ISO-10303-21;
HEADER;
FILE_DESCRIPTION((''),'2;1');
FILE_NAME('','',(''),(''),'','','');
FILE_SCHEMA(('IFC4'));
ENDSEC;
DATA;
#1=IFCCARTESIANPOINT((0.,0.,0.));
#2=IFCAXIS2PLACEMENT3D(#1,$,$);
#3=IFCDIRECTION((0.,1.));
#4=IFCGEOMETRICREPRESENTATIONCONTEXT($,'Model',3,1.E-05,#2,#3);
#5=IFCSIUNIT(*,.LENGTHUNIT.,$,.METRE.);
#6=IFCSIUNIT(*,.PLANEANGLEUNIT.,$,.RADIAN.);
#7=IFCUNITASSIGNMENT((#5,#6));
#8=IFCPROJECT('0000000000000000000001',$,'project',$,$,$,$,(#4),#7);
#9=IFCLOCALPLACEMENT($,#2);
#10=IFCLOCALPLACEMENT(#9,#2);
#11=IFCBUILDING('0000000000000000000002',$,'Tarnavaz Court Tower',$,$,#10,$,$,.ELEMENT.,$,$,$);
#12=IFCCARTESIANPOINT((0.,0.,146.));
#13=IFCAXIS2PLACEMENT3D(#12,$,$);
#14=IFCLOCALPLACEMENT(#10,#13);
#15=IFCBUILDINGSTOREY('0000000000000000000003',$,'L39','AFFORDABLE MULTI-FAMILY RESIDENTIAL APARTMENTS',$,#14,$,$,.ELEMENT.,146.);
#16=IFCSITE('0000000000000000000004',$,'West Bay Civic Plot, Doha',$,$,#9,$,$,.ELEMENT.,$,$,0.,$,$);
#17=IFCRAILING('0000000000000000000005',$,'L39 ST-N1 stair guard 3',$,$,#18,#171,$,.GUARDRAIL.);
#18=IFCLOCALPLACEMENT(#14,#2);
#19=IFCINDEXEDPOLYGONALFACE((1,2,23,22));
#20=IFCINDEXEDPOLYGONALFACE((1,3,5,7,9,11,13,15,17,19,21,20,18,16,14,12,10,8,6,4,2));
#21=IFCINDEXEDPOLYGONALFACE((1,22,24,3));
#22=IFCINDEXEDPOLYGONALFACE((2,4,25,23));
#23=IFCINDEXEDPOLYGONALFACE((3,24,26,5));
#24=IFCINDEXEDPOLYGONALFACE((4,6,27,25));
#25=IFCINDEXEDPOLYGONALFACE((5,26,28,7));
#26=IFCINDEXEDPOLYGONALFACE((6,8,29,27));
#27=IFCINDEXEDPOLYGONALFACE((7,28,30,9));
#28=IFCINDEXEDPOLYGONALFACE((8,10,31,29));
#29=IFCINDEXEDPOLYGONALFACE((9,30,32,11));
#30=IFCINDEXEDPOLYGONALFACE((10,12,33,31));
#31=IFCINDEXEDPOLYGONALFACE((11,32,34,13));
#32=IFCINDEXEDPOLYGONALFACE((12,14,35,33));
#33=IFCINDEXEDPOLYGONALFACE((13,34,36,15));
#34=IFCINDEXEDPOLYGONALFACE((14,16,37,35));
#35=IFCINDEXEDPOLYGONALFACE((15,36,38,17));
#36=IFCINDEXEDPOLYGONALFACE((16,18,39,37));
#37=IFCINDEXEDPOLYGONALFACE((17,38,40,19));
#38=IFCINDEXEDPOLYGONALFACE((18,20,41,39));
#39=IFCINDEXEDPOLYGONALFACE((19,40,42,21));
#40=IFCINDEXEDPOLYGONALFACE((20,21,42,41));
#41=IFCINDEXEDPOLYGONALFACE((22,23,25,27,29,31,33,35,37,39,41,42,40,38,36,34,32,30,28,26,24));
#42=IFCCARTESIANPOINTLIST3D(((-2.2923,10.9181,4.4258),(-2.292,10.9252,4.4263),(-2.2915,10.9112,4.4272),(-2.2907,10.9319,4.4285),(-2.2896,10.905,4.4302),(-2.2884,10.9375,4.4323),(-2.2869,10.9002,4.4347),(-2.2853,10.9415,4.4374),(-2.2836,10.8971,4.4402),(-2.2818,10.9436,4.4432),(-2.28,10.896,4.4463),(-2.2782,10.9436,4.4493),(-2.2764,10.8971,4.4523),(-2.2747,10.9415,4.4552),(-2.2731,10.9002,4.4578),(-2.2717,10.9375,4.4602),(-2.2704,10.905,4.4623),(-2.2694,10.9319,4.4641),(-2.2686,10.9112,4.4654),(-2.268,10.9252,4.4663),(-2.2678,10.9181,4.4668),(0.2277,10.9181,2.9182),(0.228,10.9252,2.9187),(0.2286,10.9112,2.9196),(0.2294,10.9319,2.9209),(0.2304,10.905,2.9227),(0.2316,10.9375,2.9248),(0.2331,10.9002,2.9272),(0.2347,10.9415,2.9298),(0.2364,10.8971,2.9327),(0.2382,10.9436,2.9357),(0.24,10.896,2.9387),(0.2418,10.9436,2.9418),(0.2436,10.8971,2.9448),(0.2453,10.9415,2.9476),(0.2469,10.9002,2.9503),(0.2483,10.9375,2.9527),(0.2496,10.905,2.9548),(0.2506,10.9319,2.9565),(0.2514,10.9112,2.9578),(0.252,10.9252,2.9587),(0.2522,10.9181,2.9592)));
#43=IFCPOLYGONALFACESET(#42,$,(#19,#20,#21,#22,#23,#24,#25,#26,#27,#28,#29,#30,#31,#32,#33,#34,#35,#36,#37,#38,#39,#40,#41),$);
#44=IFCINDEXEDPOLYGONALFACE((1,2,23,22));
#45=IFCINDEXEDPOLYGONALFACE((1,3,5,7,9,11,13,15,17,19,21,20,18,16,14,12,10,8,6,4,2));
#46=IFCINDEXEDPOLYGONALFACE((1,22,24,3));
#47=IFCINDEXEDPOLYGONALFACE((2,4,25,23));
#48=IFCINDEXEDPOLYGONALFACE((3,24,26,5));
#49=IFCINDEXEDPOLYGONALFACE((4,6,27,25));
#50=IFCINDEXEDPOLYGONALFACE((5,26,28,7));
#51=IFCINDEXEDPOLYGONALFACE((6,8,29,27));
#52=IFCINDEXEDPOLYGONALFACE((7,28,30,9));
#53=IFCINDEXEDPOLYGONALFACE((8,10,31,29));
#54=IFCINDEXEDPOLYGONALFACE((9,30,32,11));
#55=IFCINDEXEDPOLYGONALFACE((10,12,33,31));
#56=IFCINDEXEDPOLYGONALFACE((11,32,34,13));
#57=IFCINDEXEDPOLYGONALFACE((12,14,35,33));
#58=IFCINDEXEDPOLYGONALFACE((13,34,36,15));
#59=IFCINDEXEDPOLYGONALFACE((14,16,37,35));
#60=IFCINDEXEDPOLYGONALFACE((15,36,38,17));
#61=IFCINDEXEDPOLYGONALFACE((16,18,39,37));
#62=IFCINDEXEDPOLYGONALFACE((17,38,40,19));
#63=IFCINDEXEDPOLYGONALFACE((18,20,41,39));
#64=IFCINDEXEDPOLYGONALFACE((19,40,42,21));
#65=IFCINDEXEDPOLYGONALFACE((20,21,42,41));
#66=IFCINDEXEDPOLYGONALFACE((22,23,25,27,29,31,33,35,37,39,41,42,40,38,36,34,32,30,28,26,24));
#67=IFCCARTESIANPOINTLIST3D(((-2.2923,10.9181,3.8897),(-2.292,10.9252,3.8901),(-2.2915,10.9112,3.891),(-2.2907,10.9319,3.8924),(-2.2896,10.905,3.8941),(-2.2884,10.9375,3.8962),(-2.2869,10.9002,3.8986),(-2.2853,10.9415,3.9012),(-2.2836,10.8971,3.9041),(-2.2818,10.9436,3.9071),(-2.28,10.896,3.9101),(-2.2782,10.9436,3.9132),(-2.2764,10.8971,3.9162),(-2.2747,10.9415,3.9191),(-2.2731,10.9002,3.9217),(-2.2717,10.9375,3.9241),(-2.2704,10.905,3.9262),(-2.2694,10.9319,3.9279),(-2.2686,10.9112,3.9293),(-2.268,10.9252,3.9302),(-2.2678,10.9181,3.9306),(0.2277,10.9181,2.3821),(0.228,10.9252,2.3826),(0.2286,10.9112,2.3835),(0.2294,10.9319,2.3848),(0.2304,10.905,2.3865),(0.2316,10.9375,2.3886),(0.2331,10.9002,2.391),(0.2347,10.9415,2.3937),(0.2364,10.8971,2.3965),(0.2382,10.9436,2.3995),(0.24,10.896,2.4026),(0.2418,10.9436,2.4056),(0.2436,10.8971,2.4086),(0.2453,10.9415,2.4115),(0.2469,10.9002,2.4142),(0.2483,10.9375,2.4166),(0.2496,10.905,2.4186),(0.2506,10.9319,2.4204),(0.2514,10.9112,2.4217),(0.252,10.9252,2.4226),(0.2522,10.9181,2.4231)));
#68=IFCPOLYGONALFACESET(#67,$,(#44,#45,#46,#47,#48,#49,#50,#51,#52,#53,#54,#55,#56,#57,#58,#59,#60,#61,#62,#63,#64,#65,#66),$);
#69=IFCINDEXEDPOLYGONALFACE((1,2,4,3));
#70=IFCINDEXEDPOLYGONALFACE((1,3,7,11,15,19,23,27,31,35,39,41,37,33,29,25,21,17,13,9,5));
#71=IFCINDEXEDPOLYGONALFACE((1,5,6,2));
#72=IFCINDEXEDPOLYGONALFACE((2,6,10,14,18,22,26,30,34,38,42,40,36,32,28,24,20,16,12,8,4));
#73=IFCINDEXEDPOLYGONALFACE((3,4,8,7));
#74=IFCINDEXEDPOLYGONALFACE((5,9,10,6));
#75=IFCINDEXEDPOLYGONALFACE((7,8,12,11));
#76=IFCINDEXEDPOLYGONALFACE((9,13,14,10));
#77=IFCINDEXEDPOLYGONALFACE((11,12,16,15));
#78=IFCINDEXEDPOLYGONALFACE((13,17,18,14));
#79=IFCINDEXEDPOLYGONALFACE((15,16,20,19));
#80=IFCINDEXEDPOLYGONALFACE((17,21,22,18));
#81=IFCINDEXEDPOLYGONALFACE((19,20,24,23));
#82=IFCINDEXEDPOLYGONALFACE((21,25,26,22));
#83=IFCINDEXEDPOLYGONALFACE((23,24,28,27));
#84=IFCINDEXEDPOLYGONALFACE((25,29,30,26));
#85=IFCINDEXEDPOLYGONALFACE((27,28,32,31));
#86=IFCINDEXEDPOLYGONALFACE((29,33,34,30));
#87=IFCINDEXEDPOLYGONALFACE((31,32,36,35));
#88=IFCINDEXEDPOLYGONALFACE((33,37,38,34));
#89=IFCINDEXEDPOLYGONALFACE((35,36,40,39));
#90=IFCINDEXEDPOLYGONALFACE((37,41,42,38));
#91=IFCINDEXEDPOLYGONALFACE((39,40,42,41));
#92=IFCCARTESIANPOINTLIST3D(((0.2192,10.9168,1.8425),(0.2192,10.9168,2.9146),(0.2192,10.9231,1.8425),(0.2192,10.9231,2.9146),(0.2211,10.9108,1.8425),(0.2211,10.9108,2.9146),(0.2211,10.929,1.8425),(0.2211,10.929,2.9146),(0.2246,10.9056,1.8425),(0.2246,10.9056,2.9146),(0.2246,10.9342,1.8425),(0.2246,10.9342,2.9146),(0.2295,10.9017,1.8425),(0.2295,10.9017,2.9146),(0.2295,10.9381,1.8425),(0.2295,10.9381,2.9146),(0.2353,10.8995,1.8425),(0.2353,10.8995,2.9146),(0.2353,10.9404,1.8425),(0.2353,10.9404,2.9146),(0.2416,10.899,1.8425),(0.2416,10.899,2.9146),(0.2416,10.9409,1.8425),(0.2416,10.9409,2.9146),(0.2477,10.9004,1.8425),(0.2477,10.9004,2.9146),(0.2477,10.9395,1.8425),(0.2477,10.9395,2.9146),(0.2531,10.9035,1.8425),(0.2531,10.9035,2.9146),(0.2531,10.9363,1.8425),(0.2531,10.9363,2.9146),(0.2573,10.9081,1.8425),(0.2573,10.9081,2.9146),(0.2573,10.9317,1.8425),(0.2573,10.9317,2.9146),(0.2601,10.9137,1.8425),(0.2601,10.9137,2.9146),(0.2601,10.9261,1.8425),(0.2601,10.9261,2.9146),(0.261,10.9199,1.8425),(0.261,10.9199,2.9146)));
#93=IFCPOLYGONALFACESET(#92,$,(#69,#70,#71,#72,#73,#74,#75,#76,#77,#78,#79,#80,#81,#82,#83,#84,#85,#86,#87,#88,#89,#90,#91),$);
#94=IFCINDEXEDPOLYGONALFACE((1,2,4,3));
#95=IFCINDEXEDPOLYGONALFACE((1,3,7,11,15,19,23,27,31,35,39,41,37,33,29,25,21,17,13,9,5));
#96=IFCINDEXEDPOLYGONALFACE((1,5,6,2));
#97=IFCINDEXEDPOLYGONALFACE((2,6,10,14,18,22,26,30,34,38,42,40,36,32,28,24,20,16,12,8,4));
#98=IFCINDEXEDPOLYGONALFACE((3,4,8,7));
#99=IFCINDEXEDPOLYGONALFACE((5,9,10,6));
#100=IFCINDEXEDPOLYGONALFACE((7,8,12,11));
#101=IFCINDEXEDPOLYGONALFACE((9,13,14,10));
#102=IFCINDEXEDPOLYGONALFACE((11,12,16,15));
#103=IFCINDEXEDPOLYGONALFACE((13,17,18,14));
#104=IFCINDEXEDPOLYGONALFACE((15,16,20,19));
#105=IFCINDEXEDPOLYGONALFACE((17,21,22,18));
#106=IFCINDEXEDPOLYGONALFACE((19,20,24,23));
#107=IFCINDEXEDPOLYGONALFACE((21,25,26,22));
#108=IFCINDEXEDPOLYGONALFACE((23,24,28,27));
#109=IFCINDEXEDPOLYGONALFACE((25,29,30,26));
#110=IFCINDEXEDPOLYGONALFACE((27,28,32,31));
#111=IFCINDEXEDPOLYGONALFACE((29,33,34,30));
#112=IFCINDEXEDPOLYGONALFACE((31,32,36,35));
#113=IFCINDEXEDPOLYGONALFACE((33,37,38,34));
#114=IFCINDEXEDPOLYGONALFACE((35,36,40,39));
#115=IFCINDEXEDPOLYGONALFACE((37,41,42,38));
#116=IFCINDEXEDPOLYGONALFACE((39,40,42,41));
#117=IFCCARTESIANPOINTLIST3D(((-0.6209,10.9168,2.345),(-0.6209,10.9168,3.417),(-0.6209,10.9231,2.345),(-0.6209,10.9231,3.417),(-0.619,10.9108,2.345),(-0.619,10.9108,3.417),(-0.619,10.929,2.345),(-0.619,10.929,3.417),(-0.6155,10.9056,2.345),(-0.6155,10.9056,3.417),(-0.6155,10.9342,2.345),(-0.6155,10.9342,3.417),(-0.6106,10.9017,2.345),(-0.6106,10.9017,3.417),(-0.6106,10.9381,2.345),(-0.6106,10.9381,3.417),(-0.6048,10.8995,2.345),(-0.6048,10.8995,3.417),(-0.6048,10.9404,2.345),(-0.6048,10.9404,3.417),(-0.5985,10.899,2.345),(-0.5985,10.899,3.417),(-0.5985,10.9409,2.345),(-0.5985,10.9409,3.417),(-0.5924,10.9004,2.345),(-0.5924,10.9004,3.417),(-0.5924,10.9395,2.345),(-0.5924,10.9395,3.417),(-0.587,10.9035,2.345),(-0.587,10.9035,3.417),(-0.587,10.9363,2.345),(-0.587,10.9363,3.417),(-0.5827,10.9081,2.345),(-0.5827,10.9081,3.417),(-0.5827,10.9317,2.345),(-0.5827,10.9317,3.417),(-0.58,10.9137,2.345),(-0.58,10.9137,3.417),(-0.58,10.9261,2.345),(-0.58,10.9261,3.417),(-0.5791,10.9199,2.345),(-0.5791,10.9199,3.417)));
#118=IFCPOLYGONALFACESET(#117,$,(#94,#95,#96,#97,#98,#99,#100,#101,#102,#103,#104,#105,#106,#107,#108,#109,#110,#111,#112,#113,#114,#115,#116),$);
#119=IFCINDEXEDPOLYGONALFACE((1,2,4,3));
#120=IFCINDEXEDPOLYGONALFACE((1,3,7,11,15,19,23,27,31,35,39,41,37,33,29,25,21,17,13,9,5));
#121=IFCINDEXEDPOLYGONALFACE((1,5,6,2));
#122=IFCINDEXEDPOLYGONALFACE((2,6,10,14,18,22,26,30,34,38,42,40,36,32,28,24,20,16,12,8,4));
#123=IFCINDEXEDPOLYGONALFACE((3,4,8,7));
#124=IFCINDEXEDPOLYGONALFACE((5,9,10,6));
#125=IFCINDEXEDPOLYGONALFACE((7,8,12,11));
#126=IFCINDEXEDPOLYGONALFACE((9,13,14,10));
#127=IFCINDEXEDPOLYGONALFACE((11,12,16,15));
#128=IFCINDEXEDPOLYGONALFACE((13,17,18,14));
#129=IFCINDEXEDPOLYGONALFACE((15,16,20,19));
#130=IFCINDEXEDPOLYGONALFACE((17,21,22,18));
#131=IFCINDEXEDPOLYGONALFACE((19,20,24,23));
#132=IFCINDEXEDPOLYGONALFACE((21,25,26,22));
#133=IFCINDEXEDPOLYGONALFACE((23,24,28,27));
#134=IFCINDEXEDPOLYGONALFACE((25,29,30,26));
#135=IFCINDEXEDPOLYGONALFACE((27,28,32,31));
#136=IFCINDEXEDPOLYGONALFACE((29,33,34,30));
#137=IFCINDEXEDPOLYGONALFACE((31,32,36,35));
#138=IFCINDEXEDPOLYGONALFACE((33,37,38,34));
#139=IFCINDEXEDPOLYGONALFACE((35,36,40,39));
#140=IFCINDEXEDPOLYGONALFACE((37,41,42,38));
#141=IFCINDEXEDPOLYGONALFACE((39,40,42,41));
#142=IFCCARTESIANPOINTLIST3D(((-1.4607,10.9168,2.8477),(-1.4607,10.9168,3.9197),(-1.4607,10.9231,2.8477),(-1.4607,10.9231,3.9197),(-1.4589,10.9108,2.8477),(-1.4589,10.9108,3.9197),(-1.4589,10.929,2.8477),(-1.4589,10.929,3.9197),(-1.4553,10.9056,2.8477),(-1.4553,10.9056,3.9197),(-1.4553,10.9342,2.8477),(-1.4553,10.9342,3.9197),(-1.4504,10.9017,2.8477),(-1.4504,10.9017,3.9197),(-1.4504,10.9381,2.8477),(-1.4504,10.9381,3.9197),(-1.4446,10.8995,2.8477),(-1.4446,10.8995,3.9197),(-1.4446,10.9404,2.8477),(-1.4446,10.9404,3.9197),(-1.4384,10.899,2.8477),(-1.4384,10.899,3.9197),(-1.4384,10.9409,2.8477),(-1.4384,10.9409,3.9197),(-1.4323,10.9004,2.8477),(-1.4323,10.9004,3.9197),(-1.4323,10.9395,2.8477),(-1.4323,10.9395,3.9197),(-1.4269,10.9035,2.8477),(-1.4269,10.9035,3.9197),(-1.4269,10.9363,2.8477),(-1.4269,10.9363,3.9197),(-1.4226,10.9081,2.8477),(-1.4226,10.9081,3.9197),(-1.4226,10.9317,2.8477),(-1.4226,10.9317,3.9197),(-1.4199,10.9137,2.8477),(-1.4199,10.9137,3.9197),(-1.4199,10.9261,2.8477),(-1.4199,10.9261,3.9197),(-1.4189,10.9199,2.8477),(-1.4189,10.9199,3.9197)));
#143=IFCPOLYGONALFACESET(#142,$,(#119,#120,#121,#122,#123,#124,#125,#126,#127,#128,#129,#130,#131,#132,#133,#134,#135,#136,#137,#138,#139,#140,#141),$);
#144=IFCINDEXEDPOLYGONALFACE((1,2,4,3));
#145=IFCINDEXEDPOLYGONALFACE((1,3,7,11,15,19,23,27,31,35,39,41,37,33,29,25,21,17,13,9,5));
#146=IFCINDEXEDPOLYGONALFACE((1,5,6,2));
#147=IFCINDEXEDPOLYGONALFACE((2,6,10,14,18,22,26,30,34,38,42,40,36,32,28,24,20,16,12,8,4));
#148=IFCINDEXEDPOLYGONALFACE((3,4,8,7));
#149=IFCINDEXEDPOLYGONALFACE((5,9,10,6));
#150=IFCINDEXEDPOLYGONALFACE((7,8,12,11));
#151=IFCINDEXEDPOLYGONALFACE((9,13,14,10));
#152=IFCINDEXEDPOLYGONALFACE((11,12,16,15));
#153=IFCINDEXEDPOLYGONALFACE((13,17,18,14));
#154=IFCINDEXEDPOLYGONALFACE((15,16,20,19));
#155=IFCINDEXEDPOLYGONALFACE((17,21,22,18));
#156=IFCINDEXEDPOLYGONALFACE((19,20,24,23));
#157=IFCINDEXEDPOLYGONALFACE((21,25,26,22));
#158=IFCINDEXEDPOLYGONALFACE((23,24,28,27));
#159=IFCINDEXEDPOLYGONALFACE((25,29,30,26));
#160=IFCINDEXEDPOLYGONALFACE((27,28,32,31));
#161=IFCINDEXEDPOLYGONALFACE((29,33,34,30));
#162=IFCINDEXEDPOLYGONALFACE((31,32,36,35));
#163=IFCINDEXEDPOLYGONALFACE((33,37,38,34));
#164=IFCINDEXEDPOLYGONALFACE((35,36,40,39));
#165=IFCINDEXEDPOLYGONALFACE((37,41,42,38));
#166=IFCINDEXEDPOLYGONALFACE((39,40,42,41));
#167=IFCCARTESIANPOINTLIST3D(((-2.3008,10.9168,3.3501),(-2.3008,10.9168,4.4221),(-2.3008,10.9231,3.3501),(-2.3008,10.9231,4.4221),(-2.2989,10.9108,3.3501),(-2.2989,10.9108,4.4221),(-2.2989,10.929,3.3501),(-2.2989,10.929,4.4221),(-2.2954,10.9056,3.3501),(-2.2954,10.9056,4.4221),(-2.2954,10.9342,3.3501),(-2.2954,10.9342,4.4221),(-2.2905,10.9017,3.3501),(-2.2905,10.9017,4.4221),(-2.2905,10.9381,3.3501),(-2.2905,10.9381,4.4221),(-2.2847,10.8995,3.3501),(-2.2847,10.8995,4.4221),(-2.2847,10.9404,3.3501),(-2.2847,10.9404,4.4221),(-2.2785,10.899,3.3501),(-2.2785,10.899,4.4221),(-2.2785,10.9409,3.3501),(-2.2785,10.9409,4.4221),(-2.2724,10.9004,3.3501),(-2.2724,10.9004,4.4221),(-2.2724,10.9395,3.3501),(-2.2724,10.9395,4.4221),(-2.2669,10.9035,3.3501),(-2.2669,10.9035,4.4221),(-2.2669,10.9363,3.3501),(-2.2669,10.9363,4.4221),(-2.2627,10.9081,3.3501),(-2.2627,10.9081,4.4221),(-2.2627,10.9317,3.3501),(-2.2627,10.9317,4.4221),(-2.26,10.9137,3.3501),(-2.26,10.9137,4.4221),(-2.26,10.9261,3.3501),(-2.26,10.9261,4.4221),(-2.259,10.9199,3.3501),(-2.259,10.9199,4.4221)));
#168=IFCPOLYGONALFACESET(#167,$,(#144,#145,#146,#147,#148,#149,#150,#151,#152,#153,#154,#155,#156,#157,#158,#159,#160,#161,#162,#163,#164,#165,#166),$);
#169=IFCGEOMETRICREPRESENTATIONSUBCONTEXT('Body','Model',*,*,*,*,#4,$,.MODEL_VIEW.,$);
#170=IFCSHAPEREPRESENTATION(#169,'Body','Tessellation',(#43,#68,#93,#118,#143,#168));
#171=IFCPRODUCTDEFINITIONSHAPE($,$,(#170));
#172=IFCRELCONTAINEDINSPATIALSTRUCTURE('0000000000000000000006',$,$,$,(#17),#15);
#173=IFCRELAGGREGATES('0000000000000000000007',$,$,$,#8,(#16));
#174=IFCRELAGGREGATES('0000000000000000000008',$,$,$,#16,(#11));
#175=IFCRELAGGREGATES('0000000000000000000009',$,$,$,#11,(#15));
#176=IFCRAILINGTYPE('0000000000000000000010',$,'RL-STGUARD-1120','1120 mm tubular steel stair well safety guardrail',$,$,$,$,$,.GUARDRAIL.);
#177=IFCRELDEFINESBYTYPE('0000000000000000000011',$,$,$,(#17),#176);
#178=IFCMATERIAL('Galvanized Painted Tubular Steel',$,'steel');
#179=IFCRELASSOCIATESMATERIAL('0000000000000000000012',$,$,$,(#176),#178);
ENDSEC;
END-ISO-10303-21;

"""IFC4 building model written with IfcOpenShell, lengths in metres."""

from ifc_helpers import new_model, si_unit, direction, frame, origin, origin_2d, place, context, subcontext, project, spatial, circle, extrude, material, type_object, element, save


model = new_model("IFC4")

# Units and contexts
model_context = context("Model", 3, precision=1e-05, world=origin(), true_north=direction((0.0, 1.0)))
body_context = subcontext(model_context, "Body", "Model", "MODEL_VIEW")
ifc_project = project(units=[si_unit("LENGTHUNIT", "METRE"), si_unit("PLANEANGLEUNIT", "RADIAN")], contexts=[model_context])

# Site, building, storey
site_placement = place(None, origin())
site = spatial("IfcSite", under=ifc_project, at=site_placement, Name="West Bay Civic Plot, Doha", CompositionType="ELEMENT", RefElevation=0.0)
building_placement = place(site_placement, origin())
building = spatial("IfcBuilding", under=site, at=building_placement, Name="Tarnavaz Court Tower", CompositionType="ELEMENT")
storey_placement = place(building_placement, frame((0.0, 0.0, 146.0)))
storey = spatial("IfcBuildingStorey", under=building, at=storey_placement, Name="L39", Description="AFFORDABLE MULTI-FAMILY RESIDENTIAL APARTMENTS", CompositionType="ELEMENT", Elevation=146.0)

# Railing
ifc_material_1 = material(Name="Galvanized Painted Tubular Steel", Category="steel")
railing_type_1 = type_object("IfcRailingType", Name="RL-STGUARD-1120", Description="1120 mm tubular steel stair well safety guardrail", PredefinedType="GUARDRAIL", material=ifc_material_1)
railing_1_placement = place(storey_placement, frame((0.24, 10.9199, 1.8425)))
element("IfcRailing", 1, at=railing_1_placement, inside=storey, type_object=railing_type_1, Name="L39 ST-N1 stair guard 3", PredefinedType="GUARDRAIL", context=body_context, shape_type="SweptSolid", body=[
    extrude(circle(Radius=0.0239, at=origin_2d()), frame((0.0, 0.0, 1.0962), z_axis=(-0.85816, 0.0, 0.513383), x_axis=(0.0, -1.0, 0.0)), (0.0, 0.0, 1.0), 2.9365),
    extrude(circle(Radius=0.0239, at=origin_2d()), frame((0.0, 0.0, 0.5601), z_axis=(-0.85816, 0.0, 0.513383), x_axis=(0.0, -1.0, 0.0)), (0.0, 0.0, 1.0), 2.9365),
    extrude(circle(Radius=0.021, at=origin_2d()), origin(), (0.0, 0.0, 1.0), 1.072),
    extrude(circle(Radius=0.021, at=origin_2d()), frame((-0.8401, 0.0, 0.5024)), (0.0, 0.0, 1.0), 1.072),
    extrude(circle(Radius=0.021, at=origin_2d()), frame((-1.6799, 0.0, 1.0051)), (0.0, 0.0, 1.0), 1.072),
    extrude(circle(Radius=0.021, at=origin_2d()), frame((-2.52, 0.0, 1.5076)), (0.0, 0.0, 1.0), 1.072),
])

save(model, "model.ifc")
